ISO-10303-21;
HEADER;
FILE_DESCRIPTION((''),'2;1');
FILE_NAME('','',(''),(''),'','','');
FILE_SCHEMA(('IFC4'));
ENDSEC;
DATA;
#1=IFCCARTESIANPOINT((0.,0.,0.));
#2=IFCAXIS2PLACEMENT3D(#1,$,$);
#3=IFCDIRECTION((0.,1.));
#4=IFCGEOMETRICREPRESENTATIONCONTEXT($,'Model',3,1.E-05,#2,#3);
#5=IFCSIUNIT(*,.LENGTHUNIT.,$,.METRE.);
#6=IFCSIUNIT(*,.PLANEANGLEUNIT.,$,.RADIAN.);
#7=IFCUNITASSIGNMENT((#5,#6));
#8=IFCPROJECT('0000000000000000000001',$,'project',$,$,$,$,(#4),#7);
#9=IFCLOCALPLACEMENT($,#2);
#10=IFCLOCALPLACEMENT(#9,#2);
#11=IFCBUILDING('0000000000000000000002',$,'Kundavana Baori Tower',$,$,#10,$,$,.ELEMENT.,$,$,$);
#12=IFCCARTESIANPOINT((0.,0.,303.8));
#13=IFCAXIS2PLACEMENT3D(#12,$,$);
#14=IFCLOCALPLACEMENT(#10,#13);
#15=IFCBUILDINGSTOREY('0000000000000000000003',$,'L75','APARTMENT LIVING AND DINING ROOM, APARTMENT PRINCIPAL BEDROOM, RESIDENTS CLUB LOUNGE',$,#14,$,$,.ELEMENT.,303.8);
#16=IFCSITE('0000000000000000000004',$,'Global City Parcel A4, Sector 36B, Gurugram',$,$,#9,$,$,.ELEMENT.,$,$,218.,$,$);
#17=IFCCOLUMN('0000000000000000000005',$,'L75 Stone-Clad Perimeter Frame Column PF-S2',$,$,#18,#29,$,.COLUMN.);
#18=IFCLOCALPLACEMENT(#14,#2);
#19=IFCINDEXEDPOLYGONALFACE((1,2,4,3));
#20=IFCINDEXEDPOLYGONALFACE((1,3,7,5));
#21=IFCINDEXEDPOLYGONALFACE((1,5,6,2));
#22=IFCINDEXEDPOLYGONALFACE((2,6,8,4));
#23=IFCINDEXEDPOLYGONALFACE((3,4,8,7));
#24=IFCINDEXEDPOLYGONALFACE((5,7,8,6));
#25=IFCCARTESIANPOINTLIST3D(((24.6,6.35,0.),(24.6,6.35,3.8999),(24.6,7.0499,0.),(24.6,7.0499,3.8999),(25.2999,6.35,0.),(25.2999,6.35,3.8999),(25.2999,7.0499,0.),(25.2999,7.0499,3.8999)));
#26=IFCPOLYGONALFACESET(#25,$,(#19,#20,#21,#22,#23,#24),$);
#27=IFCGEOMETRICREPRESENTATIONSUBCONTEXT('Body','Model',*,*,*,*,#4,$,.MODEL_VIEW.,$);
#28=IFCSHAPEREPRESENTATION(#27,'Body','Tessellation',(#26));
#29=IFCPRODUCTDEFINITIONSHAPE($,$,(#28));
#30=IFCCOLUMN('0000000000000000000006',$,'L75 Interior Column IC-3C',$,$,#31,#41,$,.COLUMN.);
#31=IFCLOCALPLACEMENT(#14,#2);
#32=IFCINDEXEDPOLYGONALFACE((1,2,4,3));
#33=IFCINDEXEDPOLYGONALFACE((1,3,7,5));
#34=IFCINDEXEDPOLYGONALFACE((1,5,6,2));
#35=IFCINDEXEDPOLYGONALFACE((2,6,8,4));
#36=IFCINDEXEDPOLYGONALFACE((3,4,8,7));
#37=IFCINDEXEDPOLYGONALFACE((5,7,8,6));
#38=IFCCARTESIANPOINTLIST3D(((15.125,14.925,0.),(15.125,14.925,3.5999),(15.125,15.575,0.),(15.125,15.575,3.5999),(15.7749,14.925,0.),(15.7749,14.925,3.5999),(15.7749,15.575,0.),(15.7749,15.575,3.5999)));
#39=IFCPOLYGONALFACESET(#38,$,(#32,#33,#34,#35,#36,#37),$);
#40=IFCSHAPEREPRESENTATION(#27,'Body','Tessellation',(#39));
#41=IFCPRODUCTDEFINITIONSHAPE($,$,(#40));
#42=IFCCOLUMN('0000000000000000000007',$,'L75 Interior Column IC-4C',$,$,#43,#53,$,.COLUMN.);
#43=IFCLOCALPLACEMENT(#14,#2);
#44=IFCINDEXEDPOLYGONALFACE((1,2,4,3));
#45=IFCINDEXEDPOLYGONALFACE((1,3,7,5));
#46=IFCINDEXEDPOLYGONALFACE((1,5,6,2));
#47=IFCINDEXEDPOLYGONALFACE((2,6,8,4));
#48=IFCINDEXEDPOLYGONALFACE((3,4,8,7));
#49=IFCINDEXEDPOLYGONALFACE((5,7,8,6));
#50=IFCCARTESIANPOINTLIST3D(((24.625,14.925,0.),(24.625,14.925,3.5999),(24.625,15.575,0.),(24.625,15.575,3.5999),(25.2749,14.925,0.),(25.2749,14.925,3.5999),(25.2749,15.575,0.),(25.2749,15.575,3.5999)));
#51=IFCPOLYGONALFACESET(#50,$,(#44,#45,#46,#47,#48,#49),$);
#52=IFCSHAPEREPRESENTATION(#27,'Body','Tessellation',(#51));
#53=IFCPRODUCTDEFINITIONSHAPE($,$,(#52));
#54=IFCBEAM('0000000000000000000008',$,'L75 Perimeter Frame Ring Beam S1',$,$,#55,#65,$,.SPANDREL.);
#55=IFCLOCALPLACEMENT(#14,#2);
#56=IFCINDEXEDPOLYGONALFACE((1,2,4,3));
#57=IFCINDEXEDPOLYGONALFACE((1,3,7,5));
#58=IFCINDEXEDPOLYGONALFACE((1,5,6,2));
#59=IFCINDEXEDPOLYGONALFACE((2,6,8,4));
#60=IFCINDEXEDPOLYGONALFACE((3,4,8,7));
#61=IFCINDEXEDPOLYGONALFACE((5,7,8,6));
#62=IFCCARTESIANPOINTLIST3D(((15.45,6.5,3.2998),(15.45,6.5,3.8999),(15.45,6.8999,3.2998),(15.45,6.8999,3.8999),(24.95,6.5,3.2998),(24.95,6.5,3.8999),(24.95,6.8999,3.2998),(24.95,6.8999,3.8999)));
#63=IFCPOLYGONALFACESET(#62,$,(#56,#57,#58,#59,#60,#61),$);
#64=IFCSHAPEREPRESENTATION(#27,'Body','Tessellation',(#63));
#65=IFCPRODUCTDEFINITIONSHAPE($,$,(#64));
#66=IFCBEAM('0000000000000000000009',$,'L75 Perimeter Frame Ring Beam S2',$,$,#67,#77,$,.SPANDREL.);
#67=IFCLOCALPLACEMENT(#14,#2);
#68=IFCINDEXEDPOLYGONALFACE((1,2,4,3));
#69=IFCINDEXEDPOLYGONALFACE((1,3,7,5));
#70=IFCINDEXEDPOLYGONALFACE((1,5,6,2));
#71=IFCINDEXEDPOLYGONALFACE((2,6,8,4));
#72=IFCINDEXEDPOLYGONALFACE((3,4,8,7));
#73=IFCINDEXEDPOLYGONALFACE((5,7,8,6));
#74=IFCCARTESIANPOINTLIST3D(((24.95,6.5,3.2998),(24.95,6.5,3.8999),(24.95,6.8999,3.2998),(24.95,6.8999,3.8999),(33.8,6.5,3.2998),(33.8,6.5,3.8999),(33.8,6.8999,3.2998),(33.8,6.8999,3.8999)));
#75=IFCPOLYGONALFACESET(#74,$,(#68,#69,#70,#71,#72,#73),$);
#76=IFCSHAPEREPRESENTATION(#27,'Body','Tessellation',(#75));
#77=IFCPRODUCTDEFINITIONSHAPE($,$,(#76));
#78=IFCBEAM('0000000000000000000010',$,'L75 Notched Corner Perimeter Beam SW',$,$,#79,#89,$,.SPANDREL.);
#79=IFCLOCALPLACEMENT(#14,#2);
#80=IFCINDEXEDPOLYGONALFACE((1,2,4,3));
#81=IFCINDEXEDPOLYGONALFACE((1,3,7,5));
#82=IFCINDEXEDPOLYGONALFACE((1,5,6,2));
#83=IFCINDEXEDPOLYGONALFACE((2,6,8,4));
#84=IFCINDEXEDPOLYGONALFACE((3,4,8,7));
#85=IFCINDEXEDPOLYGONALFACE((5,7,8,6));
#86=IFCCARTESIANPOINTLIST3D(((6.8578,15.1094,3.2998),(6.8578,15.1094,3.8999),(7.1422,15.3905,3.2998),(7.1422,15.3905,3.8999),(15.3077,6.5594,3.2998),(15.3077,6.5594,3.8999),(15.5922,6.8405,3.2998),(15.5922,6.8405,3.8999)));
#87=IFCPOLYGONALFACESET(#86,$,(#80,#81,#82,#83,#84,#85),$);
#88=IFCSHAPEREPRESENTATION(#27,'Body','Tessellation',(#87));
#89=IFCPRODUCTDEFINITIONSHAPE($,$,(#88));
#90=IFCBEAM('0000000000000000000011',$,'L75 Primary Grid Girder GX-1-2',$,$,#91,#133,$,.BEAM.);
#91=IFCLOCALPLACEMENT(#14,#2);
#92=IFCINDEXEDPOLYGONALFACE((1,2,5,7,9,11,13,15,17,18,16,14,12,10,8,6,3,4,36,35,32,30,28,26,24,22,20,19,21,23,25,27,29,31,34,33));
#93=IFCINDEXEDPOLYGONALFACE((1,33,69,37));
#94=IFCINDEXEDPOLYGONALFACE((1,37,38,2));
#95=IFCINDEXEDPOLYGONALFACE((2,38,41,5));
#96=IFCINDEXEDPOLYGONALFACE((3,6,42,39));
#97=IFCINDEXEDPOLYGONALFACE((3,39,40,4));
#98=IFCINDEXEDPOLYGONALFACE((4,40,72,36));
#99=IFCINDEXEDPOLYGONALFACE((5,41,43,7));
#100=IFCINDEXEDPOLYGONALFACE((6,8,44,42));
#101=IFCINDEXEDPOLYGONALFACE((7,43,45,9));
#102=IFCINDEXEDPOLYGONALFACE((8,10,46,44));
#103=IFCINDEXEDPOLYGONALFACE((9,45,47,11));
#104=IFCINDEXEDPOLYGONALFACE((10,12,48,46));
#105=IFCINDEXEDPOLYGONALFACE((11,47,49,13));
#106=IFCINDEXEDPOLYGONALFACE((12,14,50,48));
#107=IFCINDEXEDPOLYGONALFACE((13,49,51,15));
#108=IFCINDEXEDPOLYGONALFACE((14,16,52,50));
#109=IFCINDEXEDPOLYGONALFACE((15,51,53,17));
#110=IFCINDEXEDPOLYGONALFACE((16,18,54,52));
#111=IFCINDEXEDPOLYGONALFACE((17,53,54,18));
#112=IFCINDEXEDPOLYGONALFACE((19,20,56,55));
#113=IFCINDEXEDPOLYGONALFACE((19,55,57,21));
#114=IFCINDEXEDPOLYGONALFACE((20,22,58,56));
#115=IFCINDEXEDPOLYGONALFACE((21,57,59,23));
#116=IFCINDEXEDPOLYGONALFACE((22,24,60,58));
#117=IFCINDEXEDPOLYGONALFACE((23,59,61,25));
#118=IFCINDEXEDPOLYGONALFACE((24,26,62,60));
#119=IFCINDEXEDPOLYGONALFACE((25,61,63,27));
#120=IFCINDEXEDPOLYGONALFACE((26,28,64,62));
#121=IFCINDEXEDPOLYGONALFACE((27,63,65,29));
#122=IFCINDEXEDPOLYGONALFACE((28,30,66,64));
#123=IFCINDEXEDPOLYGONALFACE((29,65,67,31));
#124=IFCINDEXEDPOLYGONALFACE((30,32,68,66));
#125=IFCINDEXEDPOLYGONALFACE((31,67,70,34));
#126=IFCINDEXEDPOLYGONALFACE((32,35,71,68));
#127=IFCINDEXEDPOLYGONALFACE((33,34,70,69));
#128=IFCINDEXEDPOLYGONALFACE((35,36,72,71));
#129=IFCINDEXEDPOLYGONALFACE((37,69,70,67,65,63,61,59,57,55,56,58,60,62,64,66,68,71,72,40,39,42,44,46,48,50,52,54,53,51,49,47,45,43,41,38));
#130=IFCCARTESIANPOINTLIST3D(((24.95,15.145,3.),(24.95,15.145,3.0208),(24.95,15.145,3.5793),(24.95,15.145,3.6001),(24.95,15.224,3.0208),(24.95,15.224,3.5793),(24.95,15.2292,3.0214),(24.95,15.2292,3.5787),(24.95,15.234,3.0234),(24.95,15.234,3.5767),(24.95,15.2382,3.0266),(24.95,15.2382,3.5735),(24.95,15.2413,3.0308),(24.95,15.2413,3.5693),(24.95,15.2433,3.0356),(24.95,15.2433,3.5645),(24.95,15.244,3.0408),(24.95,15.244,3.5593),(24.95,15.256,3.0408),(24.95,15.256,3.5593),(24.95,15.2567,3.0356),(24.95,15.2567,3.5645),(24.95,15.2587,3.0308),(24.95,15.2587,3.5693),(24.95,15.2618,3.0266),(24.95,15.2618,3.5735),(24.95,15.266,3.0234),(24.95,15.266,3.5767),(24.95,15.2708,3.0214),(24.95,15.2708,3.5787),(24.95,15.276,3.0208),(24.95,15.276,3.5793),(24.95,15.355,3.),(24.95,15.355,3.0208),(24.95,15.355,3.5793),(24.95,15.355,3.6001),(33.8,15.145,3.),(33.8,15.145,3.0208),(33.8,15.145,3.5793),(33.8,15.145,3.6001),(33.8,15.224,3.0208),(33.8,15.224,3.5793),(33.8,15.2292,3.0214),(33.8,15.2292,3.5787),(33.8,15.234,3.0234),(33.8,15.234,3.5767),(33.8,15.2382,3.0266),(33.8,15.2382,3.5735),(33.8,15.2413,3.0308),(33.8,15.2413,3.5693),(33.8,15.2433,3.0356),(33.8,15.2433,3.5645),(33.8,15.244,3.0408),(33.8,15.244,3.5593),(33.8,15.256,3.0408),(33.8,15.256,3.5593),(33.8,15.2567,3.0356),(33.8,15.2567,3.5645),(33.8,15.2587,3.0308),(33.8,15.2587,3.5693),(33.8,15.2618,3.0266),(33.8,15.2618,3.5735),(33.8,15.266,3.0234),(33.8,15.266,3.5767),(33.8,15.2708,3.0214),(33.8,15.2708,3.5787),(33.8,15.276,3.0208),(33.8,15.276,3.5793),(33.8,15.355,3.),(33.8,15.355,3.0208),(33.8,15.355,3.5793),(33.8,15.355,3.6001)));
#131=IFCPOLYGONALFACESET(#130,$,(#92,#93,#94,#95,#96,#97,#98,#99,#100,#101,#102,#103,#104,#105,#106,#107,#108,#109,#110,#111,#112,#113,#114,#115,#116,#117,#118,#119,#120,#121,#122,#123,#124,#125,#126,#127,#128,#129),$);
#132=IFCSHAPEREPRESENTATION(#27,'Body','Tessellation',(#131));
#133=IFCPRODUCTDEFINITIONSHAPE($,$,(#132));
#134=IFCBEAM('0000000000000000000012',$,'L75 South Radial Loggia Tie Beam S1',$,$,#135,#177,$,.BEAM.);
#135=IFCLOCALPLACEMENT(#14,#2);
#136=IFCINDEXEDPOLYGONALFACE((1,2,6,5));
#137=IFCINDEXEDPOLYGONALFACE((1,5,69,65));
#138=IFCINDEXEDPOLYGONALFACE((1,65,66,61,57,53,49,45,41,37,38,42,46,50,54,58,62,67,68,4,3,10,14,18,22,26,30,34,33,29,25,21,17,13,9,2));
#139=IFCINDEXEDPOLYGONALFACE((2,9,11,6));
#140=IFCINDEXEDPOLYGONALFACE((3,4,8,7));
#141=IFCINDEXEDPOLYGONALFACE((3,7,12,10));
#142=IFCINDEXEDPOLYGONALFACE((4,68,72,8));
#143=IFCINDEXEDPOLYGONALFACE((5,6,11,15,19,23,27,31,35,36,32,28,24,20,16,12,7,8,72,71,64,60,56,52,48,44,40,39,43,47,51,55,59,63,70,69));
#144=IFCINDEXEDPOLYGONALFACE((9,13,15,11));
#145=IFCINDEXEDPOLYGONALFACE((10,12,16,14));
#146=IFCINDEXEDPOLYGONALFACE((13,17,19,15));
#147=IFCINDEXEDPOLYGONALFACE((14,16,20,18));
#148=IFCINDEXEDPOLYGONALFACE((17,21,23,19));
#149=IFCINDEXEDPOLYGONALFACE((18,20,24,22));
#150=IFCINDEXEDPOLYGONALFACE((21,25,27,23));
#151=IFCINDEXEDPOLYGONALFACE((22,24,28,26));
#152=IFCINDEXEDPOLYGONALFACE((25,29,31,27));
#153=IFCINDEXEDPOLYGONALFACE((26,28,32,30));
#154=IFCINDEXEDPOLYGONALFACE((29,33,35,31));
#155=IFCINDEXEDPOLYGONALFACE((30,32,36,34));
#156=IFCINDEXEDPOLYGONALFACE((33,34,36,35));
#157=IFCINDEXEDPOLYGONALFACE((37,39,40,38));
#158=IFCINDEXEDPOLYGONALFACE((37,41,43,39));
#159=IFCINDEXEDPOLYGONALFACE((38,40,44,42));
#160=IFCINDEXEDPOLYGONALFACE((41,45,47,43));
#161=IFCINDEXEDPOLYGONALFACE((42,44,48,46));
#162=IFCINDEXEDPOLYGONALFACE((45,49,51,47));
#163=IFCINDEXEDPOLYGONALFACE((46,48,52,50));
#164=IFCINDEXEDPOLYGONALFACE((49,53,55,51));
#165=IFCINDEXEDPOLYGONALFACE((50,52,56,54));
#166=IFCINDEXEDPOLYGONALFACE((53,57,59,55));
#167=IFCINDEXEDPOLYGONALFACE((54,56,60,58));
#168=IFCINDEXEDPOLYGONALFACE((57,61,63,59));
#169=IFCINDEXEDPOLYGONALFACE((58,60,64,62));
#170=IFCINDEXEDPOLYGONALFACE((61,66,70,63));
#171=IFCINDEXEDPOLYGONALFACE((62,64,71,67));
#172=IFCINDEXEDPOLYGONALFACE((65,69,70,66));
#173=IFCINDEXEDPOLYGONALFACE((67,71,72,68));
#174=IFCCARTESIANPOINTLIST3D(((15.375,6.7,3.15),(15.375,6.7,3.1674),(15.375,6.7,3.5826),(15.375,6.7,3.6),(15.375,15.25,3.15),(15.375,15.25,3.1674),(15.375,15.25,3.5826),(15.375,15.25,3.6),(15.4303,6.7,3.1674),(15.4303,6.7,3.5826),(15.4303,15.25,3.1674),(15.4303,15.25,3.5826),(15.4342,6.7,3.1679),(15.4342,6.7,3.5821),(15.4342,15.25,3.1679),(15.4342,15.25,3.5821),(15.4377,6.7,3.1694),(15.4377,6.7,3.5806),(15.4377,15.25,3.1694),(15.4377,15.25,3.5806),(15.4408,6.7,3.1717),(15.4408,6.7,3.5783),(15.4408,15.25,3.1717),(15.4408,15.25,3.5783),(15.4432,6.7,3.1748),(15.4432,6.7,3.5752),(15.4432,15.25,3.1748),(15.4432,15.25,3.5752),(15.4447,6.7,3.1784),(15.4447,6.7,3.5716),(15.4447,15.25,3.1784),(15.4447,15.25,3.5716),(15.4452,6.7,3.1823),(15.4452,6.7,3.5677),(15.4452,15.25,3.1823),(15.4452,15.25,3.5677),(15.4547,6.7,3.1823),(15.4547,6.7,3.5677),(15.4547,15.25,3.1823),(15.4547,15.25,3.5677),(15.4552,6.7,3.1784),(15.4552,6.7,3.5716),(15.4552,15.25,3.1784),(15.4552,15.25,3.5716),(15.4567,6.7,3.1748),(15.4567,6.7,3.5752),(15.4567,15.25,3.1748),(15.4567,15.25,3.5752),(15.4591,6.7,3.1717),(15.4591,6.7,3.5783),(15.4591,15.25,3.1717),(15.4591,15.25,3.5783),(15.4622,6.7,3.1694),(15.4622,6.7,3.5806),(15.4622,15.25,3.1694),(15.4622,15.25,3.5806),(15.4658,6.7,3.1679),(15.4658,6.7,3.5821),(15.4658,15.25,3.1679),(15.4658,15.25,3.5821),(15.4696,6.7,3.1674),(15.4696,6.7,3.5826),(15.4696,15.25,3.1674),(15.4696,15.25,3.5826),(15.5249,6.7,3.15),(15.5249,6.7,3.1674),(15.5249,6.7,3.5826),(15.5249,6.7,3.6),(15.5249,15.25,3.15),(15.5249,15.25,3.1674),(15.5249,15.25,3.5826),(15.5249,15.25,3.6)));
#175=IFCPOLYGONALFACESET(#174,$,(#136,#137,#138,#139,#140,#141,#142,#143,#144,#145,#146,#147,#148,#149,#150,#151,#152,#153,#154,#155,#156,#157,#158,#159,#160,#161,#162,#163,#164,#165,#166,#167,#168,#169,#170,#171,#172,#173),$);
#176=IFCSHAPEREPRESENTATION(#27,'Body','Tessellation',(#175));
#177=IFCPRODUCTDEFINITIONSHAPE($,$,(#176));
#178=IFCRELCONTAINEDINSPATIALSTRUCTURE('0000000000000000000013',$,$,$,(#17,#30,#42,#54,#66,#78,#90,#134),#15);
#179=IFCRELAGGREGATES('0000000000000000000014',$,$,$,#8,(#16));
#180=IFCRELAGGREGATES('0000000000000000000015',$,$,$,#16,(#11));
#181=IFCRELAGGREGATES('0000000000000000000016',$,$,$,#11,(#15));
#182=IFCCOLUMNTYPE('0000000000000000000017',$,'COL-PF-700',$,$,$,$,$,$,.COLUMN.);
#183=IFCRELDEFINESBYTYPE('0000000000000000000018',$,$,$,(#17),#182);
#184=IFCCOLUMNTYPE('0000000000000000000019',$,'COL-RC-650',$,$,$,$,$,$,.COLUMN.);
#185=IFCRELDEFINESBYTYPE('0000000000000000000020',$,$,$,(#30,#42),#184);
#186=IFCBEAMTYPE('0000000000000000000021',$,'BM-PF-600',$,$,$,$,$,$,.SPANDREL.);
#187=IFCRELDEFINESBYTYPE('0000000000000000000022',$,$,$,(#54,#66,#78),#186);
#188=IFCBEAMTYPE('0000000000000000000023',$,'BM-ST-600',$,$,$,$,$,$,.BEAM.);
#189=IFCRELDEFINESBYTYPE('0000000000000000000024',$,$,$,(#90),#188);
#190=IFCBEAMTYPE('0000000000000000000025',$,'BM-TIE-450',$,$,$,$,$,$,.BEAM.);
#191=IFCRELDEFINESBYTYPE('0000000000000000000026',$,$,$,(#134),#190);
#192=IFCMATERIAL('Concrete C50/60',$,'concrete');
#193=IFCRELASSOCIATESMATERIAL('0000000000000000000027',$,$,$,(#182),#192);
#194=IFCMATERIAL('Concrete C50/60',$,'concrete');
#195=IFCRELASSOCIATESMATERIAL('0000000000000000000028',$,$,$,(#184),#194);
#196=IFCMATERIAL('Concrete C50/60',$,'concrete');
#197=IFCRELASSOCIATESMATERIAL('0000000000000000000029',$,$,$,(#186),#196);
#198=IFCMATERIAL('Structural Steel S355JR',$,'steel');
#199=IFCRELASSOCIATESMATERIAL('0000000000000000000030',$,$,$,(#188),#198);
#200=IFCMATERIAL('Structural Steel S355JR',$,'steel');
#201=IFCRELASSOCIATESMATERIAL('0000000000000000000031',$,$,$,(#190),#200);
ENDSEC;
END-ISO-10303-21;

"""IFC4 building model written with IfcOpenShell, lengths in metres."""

from ifc_helpers import new_model, si_unit, direction, frame, origin, origin_2d, place, context, subcontext, project, spatial, rectangle, i_section, extrude, material, material_profile, profile_set, type_object, element, save


model = new_model("IFC4")

# Units and contexts
model_context = context("Model", 3, precision=1e-05, world=origin(), true_north=direction((0.0, 1.0)))
body_context = subcontext(model_context, "Body", "Model", "MODEL_VIEW")
ifc_project = project(units=[si_unit("LENGTHUNIT", "METRE"), si_unit("PLANEANGLEUNIT", "RADIAN")], contexts=[model_context])

# Site, building, storey
site_placement = place(None, origin())
site = spatial("IfcSite", under=ifc_project, at=site_placement, Name="Global City Parcel A4, Sector 36B, Gurugram", CompositionType="ELEMENT", RefElevation=218.0)
building_placement = place(site_placement, origin())
building = spatial("IfcBuilding", under=site, at=building_placement, Name="Kundavana Baori Tower", CompositionType="ELEMENT")
storey_placement = place(building_placement, frame((0.0, 0.0, 303.8)))
storey = spatial("IfcBuildingStorey", under=building, at=storey_placement, Name="L75", Description="APARTMENT LIVING AND DINING ROOM, APARTMENT PRINCIPAL BEDROOM, RESIDENTS CLUB LOUNGE", CompositionType="ELEMENT", Elevation=303.8)

# Columns
ifc_material_1 = material(Name="Concrete C50/60", Category="concrete")
ifc_material_profile_1 = material_profile(ifc_material_1, rectangle(XDim=0.7, YDim=0.7, at=origin_2d()), Name="RC PF 700x700")
ifc_profile_set_1 = profile_set([ifc_material_profile_1], Name="Concrete C50/60")
column_type_1 = type_object("IfcColumnType", Name="COL-PF-700", PredefinedType="COLUMN", material=ifc_profile_set_1)
column_placement = place(storey_placement, frame((24.95, 6.7, 0.0), z_axis=(0.0, 0.0, 1.0), x_axis=(1.0, 0.0, 0.0)))
element("IfcColumn", 1, at=column_placement, inside=storey, type_object=column_type_1, Name="L75 Stone-Clad Perimeter Frame Column PF-S2", PredefinedType="COLUMN", context=body_context, shape_type="SweptSolid", body=[
    extrude(rectangle(XDim=0.7, YDim=0.7, at=origin_2d()), origin(), (0.0, 0.0, 1.0), 3.8999),
])
ifc_material_2 = material(Name="Concrete C50/60", Category="concrete")
ifc_material_profile_2 = material_profile(ifc_material_2, rectangle(XDim=0.6499, YDim=0.6499, at=origin_2d()), Name="RC 650x650")
ifc_profile_set_2 = profile_set([ifc_material_profile_2], Name="Concrete C50/60")
column_type_2 = type_object("IfcColumnType", Name="COL-RC-650", PredefinedType="COLUMN", material=ifc_profile_set_2)
for number, where, z_axis, x_axis, name in (
    (2, (15.45, 15.25, 0.0), (0.0, 0.0, 1.0), (1.0, 0.0, 0.0), "L75 Interior Column IC-3C"),
    (3, (24.95, 15.25, 0.0), (0.0, 0.0, 1.0), (1.0, 0.0, 0.0), "L75 Interior Column IC-4C"),
):
    element("IfcColumn", number, at=place(storey_placement, frame(where, z_axis=z_axis, x_axis=x_axis)), inside=storey, type_object=column_type_2, Name=name, PredefinedType="COLUMN", context=body_context, shape_type="SweptSolid", body=[
        extrude(rectangle(XDim=0.6499, YDim=0.6499, at=origin_2d()), origin(), (0.0, 0.0, 1.0), 3.5999),
    ])

# Beams
ifc_material_3 = material(Name="Concrete C50/60", Category="concrete")
ifc_material_profile_3 = material_profile(ifc_material_3, rectangle(XDim=0.3999, YDim=0.6001, at=origin_2d()), Name="RC BM 400x600")
ifc_profile_set_3 = profile_set([ifc_material_profile_3], Name="Concrete C50/60")
beam_type_1 = type_object("IfcBeamType", Name="BM-PF-600", PredefinedType="SPANDREL", material=ifc_profile_set_3)
beam_1_placement = place(storey_placement, frame((15.45, 6.7, 3.5999), z_axis=(1.0, 0.0, 0.0), x_axis=(0.0, 1.0, 0.0)))
element("IfcBeam", 4, at=beam_1_placement, inside=storey, type_object=beam_type_1, Name="L75 Perimeter Frame Ring Beam S1", PredefinedType="SPANDREL", context=body_context, shape_type="SweptSolid", body=[
    extrude(rectangle(XDim=0.3999, YDim=0.6001, at=origin_2d()), origin(), (0.0, 0.0, 1.0), 9.5),
])
beam_2_placement = place(storey_placement, frame((24.95, 6.7, 3.5999), z_axis=(1.0, 0.0, 0.0), x_axis=(0.0, 1.0, 0.0)))
element("IfcBeam", 5, at=beam_2_placement, inside=storey, type_object=beam_type_1, Name="L75 Perimeter Frame Ring Beam S2", PredefinedType="SPANDREL", context=body_context, shape_type="SweptSolid", body=[
    extrude(rectangle(XDim=0.3999, YDim=0.6001, at=origin_2d()), origin(), (0.0, 0.0, 1.0), 8.8501),
])
beam_3_placement = place(storey_placement, frame((15.45, 6.7, 3.5999), z_axis=(-0.702931, 0.711258, 0.0), x_axis=(-0.711258, -0.702931, 0.0)))
element("IfcBeam", 6, at=beam_3_placement, inside=storey, type_object=beam_type_1, Name="L75 Notched Corner Perimeter Beam SW", PredefinedType="SPANDREL", context=body_context, shape_type="SweptSolid", body=[
    extrude(rectangle(XDim=0.3999, YDim=0.6001, at=origin_2d()), origin(), (0.0, 0.0, 1.0), 12.021),
])
ifc_material_4 = material(Name="Structural Steel S355JR", Category="steel")
ifc_material_profile_4 = material_profile(ifc_material_4, i_section(OverallWidth=0.21, OverallDepth=0.6001, WebThickness=0.012, FlangeThickness=0.0208, FilletRadius=0.02, at=origin_2d()), Name="ISMB 600")
ifc_profile_set_4 = profile_set([ifc_material_profile_4], Name="Structural Steel S355JR")
beam_type_2 = type_object("IfcBeamType", Name="BM-ST-600", PredefinedType="BEAM", material=ifc_profile_set_4)
beam_4_placement = place(storey_placement, frame((24.95, 15.25, 3.3), z_axis=(1.0, 0.0, 0.0), x_axis=(0.0, 1.0, 0.0)))
element("IfcBeam", 7, at=beam_4_placement, inside=storey, type_object=beam_type_2, Name="L75 Primary Grid Girder GX-1-2", PredefinedType="BEAM", context=body_context, shape_type="SweptSolid", body=[
    extrude(i_section(OverallWidth=0.21, OverallDepth=0.6001, WebThickness=0.012, FlangeThickness=0.0208, FilletRadius=0.02, at=origin_2d()), origin(), (0.0, 0.0, 1.0), 8.8501),
])
ifc_material_5 = material(Name="Structural Steel S355JR", Category="steel")
ifc_material_profile_5 = material_profile(ifc_material_5, i_section(OverallWidth=0.1499, OverallDepth=0.45, WebThickness=0.0095, FlangeThickness=0.0173, FilletRadius=0.0149, at=origin_2d()), Name="ISMB 450")
ifc_profile_set_5 = profile_set([ifc_material_profile_5], Name="Structural Steel S355JR")
beam_type_3 = type_object("IfcBeamType", Name="BM-TIE-450", PredefinedType="BEAM", material=ifc_profile_set_5)
for number, where, z_axis, x_axis, name in (
    (8, (15.45, 15.25, 3.375), (0.0, -1.0, 0.0), (1.0, 0.0, 0.0), "L75 South Radial Loggia Tie Beam S1"),
):
    element("IfcBeam", number, at=place(storey_placement, frame(where, z_axis=z_axis, x_axis=x_axis)), inside=storey, type_object=beam_type_3, Name=name, PredefinedType="BEAM", context=body_context, shape_type="SweptSolid", body=[
        extrude(i_section(OverallWidth=0.1499, OverallDepth=0.45, WebThickness=0.0095, FlangeThickness=0.0173, FilletRadius=0.0149, at=origin_2d()), origin(), (0.0, 0.0, 1.0), 8.55),
    ])

save(model, "model.ifc")
